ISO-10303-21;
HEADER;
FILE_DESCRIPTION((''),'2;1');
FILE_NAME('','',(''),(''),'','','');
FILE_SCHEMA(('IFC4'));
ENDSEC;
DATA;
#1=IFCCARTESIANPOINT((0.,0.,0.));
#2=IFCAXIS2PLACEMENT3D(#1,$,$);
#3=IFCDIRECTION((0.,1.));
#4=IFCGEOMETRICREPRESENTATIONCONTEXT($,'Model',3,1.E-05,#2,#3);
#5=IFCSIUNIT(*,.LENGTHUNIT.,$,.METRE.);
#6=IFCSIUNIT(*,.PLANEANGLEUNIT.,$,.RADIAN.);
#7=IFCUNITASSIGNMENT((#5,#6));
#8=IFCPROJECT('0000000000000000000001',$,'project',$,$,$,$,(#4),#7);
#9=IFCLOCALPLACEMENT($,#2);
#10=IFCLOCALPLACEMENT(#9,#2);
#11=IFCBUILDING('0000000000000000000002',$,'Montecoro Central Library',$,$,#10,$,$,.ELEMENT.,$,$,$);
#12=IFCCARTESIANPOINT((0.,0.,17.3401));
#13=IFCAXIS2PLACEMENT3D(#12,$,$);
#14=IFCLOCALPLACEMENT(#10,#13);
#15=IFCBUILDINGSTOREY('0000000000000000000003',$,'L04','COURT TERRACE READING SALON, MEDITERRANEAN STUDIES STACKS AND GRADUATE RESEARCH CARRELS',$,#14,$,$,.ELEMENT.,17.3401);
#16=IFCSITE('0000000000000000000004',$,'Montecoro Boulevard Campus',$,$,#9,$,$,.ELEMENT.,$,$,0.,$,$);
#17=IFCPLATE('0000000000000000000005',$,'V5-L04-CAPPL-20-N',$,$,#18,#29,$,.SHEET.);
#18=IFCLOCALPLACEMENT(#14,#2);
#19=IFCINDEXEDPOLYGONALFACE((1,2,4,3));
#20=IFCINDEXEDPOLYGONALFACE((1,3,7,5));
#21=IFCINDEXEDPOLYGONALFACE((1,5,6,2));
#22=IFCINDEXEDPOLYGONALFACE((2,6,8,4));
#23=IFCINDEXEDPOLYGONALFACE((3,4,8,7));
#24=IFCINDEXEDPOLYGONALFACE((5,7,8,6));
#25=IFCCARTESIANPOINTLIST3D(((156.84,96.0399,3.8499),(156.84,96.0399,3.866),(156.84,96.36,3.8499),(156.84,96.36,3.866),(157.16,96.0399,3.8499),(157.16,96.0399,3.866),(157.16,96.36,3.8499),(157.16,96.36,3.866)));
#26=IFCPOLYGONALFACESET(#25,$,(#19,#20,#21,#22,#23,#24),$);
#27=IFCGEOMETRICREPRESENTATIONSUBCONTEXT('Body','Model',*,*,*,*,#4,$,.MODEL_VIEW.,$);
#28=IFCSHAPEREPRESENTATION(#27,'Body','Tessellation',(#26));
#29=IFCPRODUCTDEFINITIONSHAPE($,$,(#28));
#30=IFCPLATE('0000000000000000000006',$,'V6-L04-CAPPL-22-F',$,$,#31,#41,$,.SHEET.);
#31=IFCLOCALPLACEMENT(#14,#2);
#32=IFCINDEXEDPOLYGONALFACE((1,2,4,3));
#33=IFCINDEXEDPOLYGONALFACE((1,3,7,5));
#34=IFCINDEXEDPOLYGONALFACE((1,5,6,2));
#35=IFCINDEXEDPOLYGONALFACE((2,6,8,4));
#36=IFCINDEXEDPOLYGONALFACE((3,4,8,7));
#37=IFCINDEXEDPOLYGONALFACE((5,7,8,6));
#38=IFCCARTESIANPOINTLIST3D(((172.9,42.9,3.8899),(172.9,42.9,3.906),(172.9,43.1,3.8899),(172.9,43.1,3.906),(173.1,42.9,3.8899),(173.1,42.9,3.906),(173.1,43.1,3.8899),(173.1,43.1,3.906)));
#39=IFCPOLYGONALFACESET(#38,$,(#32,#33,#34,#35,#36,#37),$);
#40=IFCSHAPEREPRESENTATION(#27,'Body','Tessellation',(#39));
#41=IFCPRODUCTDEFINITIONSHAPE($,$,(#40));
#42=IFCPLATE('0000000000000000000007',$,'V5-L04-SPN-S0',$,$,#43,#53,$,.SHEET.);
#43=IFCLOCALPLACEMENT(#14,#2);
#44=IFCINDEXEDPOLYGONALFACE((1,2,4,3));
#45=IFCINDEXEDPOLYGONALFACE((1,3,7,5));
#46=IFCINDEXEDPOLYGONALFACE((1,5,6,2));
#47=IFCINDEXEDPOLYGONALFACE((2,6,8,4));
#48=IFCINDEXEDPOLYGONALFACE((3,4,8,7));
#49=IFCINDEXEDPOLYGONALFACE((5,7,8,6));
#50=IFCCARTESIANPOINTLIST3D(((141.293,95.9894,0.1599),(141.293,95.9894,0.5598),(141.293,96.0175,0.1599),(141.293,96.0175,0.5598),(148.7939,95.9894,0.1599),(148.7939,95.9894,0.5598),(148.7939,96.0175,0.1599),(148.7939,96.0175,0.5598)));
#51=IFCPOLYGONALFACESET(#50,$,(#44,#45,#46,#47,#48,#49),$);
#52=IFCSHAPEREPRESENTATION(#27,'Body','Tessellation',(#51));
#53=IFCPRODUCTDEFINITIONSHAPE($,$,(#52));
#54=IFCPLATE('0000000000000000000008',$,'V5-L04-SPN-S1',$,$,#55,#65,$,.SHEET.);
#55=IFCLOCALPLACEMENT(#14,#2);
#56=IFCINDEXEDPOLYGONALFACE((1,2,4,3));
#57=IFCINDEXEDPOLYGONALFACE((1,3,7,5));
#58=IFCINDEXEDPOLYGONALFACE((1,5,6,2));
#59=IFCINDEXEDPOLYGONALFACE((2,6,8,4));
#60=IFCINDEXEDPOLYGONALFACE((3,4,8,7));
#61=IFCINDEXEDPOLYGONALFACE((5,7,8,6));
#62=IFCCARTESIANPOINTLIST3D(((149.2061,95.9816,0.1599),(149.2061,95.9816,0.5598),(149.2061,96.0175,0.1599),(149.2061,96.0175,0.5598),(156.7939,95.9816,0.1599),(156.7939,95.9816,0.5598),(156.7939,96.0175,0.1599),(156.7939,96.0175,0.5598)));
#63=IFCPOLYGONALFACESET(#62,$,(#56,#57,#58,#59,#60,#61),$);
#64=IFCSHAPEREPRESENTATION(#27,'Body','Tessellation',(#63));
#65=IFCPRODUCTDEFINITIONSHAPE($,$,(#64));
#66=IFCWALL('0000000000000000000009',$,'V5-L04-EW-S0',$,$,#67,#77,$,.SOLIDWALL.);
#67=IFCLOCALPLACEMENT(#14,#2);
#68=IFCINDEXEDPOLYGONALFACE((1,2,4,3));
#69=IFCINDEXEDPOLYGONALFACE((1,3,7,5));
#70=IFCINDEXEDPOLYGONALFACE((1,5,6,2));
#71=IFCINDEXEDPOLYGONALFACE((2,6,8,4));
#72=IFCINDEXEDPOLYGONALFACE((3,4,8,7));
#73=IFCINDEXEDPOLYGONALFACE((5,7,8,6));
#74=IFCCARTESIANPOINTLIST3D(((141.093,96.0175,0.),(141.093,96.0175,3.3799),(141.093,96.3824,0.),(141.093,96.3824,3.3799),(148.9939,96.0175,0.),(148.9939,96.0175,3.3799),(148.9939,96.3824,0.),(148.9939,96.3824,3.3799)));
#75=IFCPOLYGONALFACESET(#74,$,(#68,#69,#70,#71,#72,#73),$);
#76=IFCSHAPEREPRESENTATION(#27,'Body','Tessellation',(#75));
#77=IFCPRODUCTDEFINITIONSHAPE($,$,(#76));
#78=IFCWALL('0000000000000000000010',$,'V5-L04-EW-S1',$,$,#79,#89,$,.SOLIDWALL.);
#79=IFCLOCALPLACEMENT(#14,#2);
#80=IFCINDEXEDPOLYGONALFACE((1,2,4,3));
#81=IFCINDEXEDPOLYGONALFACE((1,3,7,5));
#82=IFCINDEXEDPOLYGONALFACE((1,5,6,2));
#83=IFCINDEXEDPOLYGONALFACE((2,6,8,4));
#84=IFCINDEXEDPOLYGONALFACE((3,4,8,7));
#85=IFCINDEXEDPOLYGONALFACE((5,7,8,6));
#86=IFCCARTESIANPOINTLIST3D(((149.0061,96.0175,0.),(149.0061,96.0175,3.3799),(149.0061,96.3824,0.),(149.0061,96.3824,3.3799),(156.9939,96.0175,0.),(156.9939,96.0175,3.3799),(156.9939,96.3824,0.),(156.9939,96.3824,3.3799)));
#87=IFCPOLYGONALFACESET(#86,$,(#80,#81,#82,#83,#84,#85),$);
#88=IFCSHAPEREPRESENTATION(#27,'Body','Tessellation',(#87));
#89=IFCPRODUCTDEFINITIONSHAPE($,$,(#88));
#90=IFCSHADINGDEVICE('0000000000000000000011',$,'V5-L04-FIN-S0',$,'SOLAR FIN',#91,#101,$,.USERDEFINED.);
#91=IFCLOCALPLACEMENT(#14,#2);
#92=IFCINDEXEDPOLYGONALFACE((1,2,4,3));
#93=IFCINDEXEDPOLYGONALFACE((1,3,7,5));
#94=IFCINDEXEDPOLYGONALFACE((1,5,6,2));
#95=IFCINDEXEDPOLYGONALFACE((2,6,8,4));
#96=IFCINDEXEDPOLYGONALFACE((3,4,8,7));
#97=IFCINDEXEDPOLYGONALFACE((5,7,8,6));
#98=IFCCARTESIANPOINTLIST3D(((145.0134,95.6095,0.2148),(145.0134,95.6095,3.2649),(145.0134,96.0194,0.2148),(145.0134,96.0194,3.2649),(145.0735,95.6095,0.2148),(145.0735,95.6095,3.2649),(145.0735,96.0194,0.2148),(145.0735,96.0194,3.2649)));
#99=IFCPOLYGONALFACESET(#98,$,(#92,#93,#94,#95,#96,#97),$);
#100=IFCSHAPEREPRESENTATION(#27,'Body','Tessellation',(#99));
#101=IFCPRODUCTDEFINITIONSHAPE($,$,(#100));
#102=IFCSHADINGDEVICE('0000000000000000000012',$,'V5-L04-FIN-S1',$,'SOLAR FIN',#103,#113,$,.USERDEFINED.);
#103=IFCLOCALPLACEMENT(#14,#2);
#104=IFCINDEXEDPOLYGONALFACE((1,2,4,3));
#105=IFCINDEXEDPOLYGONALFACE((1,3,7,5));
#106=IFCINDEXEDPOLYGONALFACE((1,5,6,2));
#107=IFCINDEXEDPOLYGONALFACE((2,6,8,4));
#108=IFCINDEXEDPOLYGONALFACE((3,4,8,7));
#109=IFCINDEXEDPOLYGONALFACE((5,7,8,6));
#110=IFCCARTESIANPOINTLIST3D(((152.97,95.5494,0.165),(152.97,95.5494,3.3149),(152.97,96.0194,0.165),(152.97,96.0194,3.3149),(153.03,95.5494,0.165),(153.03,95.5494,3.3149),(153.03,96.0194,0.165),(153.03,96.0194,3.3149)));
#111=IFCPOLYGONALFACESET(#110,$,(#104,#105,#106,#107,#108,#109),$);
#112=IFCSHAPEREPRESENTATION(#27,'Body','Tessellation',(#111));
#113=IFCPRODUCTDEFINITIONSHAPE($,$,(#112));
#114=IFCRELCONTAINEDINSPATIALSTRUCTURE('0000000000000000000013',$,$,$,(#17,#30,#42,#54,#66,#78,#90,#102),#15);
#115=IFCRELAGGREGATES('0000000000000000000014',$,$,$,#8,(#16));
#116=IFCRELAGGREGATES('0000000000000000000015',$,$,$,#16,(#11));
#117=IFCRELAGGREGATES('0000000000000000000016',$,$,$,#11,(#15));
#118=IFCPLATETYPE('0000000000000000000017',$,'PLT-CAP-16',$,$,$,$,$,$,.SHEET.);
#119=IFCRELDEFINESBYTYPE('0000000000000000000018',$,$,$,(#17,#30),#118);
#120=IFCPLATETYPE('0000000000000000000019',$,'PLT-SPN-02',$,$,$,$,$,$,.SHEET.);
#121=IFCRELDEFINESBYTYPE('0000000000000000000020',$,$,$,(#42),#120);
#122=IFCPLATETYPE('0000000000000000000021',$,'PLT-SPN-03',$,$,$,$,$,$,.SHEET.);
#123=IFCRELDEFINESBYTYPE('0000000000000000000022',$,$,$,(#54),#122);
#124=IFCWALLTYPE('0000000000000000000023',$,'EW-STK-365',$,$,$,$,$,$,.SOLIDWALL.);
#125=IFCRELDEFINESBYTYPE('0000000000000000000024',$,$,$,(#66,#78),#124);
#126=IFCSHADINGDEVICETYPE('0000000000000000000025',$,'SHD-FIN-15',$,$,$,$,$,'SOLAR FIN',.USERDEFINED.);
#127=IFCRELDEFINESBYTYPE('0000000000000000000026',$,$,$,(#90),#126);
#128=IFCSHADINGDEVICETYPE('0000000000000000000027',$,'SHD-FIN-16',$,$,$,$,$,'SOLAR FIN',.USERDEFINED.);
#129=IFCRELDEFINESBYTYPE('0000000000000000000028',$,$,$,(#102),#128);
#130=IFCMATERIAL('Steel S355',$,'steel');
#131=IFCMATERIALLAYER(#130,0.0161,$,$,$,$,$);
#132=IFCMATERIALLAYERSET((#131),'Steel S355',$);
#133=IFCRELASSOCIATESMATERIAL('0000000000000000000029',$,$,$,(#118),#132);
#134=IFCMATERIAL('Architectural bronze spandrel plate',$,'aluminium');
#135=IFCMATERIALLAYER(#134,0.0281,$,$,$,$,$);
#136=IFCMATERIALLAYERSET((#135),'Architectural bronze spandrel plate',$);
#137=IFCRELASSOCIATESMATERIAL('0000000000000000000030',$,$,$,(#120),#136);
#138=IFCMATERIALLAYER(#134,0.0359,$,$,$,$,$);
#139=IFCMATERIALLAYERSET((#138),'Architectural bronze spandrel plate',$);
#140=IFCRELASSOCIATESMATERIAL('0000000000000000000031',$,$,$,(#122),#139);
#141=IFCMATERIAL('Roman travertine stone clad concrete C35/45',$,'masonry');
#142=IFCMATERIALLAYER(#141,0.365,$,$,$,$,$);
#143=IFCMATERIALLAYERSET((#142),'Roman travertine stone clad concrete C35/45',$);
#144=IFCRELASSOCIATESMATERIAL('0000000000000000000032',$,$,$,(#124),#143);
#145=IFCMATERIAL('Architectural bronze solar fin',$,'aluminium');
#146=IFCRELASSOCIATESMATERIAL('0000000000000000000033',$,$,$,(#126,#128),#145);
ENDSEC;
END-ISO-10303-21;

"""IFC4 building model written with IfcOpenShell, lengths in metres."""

from ifc_helpers import new_model, si_unit, direction, frame, frame_2d, origin, origin_2d, place, context, subcontext, project, spatial, rectangle, extrude, material, layer, layer_set, type_object, element, save


model = new_model("IFC4")

# Units and contexts
model_context = context("Model", 3, precision=1e-05, world=origin(), true_north=direction((0.0, 1.0)))
body_context = subcontext(model_context, "Body", "Model", "MODEL_VIEW")
ifc_project = project(units=[si_unit("LENGTHUNIT", "METRE"), si_unit("PLANEANGLEUNIT", "RADIAN")], contexts=[model_context])

# Site, building, storey
site_placement = place(None, origin())
site = spatial("IfcSite", under=ifc_project, at=site_placement, Name="Montecoro Boulevard Campus", CompositionType="ELEMENT", RefElevation=0.0)
building_placement = place(site_placement, origin())
building = spatial("IfcBuilding", under=site, at=building_placement, Name="Montecoro Central Library", CompositionType="ELEMENT")
storey_placement = place(building_placement, frame((0.0, 0.0, 17.3401)))
storey = spatial("IfcBuildingStorey", under=building, at=storey_placement, Name="L04", Description="COURT TERRACE READING SALON, MEDITERRANEAN STUDIES STACKS AND GRADUATE RESEARCH CARRELS", CompositionType="ELEMENT", Elevation=17.3401)

# Shared definitions
ifc_material_1 = material(Name="Steel S355", Category="steel")

# Plates
ifc_layer_1 = layer(ifc_material_1, 0.0161)
ifc_layer_set_1 = layer_set([ifc_layer_1], Name="Steel S355")
plate_type_1 = type_object("IfcPlateType", Name="PLT-CAP-16", PredefinedType="SHEET", material=ifc_layer_set_1)
for number, where, z_axis, x_axis, name in (
    (1, (157.0, 96.2, 3.8499), (0.0, 0.0, 1.0), (1.0, 0.0, 0.0), "V5-L04-CAPPL-20-N"),
):
    element("IfcPlate", number, at=place(storey_placement, frame(where, z_axis=z_axis, x_axis=x_axis)), inside=storey, type_object=plate_type_1, Name=name, PredefinedType="SHEET", context=body_context, shape_type="SweptSolid", body=[
        extrude(rectangle(XDim=0.3201, YDim=0.3201, at=origin_2d()), origin(), (0.0, 0.0, 1.0), 0.0161),
    ])
plate_1_placement = place(storey_placement, frame((173.0, 43.0, 3.8899), z_axis=(0.0, 0.0, 1.0), x_axis=(1.0, 0.0, 0.0)))
element("IfcPlate", 2, at=plate_1_placement, inside=storey, type_object=plate_type_1, Name="V6-L04-CAPPL-22-F", PredefinedType="SHEET", context=body_context, shape_type="SweptSolid", body=[
    extrude(rectangle(XDim=0.2, YDim=0.2, at=origin_2d()), origin(), (0.0, 0.0, 1.0), 0.0161),
])
ifc_material_2 = material(Name="Architectural bronze spandrel plate", Category="aluminium")
ifc_layer_2 = layer(ifc_material_2, 0.0281)
ifc_layer_set_2 = layer_set([ifc_layer_2], Name="Architectural bronze spandrel plate")
plate_type_2 = type_object("IfcPlateType", Name="PLT-SPN-02", PredefinedType="SHEET", material=ifc_layer_set_2)
plate_2_placement = place(storey_placement, frame((145.0435, 96.0034, 0.1599), z_axis=(0.0, 0.0, 1.0), x_axis=(1.0, 0.0, 0.0)))
element("IfcPlate", 3, at=plate_2_placement, inside=storey, type_object=plate_type_2, Name="V5-L04-SPN-S0", PredefinedType="SHEET", context=body_context, shape_type="SweptSolid", body=[
    extrude(rectangle(XDim=7.501, YDim=0.0281, at=origin_2d()), origin(), (0.0, 0.0, 1.0), 0.3999),
])
ifc_layer_3 = layer(ifc_material_2, 0.0359)
ifc_layer_set_3 = layer_set([ifc_layer_3], Name="Architectural bronze spandrel plate")
plate_type_3 = type_object("IfcPlateType", Name="PLT-SPN-03", PredefinedType="SHEET", material=ifc_layer_set_3)
plate_3_placement = place(storey_placement, frame((153.0, 95.9995, 0.1599), z_axis=(0.0, 0.0, 1.0), x_axis=(1.0, 0.0, 0.0)))
element("IfcPlate", 4, at=plate_3_placement, inside=storey, type_object=plate_type_3, Name="V5-L04-SPN-S1", PredefinedType="SHEET", context=body_context, shape_type="SweptSolid", body=[
    extrude(rectangle(XDim=7.5879, YDim=0.0359, at=origin_2d()), origin(), (0.0, 0.0, 1.0), 0.3999),
])

# Walls
ifc_material_3 = material(Name="Roman travertine stone clad concrete C35/45", Category="masonry")
ifc_layer_4 = layer(ifc_material_3, 0.365)
ifc_layer_set_4 = layer_set([ifc_layer_4], Name="Roman travertine stone clad concrete C35/45")
wall_type = type_object("IfcWallType", Name="EW-STK-365", PredefinedType="SOLIDWALL", material=ifc_layer_set_4)
wall_1_placement = place(storey_placement, frame((141.093, 96.2, 0.0), z_axis=(0.0, 0.0, 1.0), x_axis=(1.0, 0.0, 0.0)))
element("IfcWall", 5, at=wall_1_placement, inside=storey, type_object=wall_type, Name="V5-L04-EW-S0", PredefinedType="SOLIDWALL", context=body_context, shape_type="SweptSolid", body=[
    extrude(rectangle(XDim=7.9009, YDim=0.365, at=frame_2d((3.9504, 0.0))), origin(), (0.0, 0.0, 1.0), 3.3799),
])
wall_2_placement = place(storey_placement, frame((149.0061, 96.2, 0.0), z_axis=(0.0, 0.0, 1.0), x_axis=(1.0, 0.0, 0.0)))
element("IfcWall", 6, at=wall_2_placement, inside=storey, type_object=wall_type, Name="V5-L04-EW-S1", PredefinedType="SOLIDWALL", context=body_context, shape_type="SweptSolid", body=[
    extrude(rectangle(XDim=7.9878, YDim=0.365, at=frame_2d((3.9939, 0.0))), origin(), (0.0, 0.0, 1.0), 3.3799),
])

# Shading devices
ifc_material_4 = material(Name="Architectural bronze solar fin", Category="aluminium")
shading_device_type_1 = type_object("IfcShadingDeviceType", Name="SHD-FIN-15", ElementType="SOLAR FIN", PredefinedType="USERDEFINED", material=ifc_material_4)
shading_device_1_placement = place(storey_placement, frame((145.0435, 95.8145, 0.2148), z_axis=(0.0, 0.0, 1.0), x_axis=(1.0, 0.0, 0.0)))
element("IfcShadingDevice", 7, at=shading_device_1_placement, inside=storey, type_object=shading_device_type_1, Name="V5-L04-FIN-S0", ObjectType="SOLAR FIN", PredefinedType="USERDEFINED", context=body_context, shape_type="SweptSolid", body=[
    extrude(rectangle(XDim=0.0601, YDim=0.4099, at=origin_2d()), origin(), (0.0, 0.0, 1.0), 3.05),
])
shading_device_type_2 = type_object("IfcShadingDeviceType", Name="SHD-FIN-16", ElementType="SOLAR FIN", PredefinedType="USERDEFINED", material=ifc_material_4)
shading_device_2_placement = place(storey_placement, frame((153.0, 95.7844, 0.165), z_axis=(0.0, 0.0, 1.0), x_axis=(1.0, 0.0, 0.0)))
element("IfcShadingDevice", 8, at=shading_device_2_placement, inside=storey, type_object=shading_device_type_2, Name="V5-L04-FIN-S1", ObjectType="SOLAR FIN", PredefinedType="USERDEFINED", context=body_context, shape_type="SweptSolid", body=[
    extrude(rectangle(XDim=0.0601, YDim=0.47, at=origin_2d()), origin(), (0.0, 0.0, 1.0), 3.1499),
])

save(model, "model.ifc")
